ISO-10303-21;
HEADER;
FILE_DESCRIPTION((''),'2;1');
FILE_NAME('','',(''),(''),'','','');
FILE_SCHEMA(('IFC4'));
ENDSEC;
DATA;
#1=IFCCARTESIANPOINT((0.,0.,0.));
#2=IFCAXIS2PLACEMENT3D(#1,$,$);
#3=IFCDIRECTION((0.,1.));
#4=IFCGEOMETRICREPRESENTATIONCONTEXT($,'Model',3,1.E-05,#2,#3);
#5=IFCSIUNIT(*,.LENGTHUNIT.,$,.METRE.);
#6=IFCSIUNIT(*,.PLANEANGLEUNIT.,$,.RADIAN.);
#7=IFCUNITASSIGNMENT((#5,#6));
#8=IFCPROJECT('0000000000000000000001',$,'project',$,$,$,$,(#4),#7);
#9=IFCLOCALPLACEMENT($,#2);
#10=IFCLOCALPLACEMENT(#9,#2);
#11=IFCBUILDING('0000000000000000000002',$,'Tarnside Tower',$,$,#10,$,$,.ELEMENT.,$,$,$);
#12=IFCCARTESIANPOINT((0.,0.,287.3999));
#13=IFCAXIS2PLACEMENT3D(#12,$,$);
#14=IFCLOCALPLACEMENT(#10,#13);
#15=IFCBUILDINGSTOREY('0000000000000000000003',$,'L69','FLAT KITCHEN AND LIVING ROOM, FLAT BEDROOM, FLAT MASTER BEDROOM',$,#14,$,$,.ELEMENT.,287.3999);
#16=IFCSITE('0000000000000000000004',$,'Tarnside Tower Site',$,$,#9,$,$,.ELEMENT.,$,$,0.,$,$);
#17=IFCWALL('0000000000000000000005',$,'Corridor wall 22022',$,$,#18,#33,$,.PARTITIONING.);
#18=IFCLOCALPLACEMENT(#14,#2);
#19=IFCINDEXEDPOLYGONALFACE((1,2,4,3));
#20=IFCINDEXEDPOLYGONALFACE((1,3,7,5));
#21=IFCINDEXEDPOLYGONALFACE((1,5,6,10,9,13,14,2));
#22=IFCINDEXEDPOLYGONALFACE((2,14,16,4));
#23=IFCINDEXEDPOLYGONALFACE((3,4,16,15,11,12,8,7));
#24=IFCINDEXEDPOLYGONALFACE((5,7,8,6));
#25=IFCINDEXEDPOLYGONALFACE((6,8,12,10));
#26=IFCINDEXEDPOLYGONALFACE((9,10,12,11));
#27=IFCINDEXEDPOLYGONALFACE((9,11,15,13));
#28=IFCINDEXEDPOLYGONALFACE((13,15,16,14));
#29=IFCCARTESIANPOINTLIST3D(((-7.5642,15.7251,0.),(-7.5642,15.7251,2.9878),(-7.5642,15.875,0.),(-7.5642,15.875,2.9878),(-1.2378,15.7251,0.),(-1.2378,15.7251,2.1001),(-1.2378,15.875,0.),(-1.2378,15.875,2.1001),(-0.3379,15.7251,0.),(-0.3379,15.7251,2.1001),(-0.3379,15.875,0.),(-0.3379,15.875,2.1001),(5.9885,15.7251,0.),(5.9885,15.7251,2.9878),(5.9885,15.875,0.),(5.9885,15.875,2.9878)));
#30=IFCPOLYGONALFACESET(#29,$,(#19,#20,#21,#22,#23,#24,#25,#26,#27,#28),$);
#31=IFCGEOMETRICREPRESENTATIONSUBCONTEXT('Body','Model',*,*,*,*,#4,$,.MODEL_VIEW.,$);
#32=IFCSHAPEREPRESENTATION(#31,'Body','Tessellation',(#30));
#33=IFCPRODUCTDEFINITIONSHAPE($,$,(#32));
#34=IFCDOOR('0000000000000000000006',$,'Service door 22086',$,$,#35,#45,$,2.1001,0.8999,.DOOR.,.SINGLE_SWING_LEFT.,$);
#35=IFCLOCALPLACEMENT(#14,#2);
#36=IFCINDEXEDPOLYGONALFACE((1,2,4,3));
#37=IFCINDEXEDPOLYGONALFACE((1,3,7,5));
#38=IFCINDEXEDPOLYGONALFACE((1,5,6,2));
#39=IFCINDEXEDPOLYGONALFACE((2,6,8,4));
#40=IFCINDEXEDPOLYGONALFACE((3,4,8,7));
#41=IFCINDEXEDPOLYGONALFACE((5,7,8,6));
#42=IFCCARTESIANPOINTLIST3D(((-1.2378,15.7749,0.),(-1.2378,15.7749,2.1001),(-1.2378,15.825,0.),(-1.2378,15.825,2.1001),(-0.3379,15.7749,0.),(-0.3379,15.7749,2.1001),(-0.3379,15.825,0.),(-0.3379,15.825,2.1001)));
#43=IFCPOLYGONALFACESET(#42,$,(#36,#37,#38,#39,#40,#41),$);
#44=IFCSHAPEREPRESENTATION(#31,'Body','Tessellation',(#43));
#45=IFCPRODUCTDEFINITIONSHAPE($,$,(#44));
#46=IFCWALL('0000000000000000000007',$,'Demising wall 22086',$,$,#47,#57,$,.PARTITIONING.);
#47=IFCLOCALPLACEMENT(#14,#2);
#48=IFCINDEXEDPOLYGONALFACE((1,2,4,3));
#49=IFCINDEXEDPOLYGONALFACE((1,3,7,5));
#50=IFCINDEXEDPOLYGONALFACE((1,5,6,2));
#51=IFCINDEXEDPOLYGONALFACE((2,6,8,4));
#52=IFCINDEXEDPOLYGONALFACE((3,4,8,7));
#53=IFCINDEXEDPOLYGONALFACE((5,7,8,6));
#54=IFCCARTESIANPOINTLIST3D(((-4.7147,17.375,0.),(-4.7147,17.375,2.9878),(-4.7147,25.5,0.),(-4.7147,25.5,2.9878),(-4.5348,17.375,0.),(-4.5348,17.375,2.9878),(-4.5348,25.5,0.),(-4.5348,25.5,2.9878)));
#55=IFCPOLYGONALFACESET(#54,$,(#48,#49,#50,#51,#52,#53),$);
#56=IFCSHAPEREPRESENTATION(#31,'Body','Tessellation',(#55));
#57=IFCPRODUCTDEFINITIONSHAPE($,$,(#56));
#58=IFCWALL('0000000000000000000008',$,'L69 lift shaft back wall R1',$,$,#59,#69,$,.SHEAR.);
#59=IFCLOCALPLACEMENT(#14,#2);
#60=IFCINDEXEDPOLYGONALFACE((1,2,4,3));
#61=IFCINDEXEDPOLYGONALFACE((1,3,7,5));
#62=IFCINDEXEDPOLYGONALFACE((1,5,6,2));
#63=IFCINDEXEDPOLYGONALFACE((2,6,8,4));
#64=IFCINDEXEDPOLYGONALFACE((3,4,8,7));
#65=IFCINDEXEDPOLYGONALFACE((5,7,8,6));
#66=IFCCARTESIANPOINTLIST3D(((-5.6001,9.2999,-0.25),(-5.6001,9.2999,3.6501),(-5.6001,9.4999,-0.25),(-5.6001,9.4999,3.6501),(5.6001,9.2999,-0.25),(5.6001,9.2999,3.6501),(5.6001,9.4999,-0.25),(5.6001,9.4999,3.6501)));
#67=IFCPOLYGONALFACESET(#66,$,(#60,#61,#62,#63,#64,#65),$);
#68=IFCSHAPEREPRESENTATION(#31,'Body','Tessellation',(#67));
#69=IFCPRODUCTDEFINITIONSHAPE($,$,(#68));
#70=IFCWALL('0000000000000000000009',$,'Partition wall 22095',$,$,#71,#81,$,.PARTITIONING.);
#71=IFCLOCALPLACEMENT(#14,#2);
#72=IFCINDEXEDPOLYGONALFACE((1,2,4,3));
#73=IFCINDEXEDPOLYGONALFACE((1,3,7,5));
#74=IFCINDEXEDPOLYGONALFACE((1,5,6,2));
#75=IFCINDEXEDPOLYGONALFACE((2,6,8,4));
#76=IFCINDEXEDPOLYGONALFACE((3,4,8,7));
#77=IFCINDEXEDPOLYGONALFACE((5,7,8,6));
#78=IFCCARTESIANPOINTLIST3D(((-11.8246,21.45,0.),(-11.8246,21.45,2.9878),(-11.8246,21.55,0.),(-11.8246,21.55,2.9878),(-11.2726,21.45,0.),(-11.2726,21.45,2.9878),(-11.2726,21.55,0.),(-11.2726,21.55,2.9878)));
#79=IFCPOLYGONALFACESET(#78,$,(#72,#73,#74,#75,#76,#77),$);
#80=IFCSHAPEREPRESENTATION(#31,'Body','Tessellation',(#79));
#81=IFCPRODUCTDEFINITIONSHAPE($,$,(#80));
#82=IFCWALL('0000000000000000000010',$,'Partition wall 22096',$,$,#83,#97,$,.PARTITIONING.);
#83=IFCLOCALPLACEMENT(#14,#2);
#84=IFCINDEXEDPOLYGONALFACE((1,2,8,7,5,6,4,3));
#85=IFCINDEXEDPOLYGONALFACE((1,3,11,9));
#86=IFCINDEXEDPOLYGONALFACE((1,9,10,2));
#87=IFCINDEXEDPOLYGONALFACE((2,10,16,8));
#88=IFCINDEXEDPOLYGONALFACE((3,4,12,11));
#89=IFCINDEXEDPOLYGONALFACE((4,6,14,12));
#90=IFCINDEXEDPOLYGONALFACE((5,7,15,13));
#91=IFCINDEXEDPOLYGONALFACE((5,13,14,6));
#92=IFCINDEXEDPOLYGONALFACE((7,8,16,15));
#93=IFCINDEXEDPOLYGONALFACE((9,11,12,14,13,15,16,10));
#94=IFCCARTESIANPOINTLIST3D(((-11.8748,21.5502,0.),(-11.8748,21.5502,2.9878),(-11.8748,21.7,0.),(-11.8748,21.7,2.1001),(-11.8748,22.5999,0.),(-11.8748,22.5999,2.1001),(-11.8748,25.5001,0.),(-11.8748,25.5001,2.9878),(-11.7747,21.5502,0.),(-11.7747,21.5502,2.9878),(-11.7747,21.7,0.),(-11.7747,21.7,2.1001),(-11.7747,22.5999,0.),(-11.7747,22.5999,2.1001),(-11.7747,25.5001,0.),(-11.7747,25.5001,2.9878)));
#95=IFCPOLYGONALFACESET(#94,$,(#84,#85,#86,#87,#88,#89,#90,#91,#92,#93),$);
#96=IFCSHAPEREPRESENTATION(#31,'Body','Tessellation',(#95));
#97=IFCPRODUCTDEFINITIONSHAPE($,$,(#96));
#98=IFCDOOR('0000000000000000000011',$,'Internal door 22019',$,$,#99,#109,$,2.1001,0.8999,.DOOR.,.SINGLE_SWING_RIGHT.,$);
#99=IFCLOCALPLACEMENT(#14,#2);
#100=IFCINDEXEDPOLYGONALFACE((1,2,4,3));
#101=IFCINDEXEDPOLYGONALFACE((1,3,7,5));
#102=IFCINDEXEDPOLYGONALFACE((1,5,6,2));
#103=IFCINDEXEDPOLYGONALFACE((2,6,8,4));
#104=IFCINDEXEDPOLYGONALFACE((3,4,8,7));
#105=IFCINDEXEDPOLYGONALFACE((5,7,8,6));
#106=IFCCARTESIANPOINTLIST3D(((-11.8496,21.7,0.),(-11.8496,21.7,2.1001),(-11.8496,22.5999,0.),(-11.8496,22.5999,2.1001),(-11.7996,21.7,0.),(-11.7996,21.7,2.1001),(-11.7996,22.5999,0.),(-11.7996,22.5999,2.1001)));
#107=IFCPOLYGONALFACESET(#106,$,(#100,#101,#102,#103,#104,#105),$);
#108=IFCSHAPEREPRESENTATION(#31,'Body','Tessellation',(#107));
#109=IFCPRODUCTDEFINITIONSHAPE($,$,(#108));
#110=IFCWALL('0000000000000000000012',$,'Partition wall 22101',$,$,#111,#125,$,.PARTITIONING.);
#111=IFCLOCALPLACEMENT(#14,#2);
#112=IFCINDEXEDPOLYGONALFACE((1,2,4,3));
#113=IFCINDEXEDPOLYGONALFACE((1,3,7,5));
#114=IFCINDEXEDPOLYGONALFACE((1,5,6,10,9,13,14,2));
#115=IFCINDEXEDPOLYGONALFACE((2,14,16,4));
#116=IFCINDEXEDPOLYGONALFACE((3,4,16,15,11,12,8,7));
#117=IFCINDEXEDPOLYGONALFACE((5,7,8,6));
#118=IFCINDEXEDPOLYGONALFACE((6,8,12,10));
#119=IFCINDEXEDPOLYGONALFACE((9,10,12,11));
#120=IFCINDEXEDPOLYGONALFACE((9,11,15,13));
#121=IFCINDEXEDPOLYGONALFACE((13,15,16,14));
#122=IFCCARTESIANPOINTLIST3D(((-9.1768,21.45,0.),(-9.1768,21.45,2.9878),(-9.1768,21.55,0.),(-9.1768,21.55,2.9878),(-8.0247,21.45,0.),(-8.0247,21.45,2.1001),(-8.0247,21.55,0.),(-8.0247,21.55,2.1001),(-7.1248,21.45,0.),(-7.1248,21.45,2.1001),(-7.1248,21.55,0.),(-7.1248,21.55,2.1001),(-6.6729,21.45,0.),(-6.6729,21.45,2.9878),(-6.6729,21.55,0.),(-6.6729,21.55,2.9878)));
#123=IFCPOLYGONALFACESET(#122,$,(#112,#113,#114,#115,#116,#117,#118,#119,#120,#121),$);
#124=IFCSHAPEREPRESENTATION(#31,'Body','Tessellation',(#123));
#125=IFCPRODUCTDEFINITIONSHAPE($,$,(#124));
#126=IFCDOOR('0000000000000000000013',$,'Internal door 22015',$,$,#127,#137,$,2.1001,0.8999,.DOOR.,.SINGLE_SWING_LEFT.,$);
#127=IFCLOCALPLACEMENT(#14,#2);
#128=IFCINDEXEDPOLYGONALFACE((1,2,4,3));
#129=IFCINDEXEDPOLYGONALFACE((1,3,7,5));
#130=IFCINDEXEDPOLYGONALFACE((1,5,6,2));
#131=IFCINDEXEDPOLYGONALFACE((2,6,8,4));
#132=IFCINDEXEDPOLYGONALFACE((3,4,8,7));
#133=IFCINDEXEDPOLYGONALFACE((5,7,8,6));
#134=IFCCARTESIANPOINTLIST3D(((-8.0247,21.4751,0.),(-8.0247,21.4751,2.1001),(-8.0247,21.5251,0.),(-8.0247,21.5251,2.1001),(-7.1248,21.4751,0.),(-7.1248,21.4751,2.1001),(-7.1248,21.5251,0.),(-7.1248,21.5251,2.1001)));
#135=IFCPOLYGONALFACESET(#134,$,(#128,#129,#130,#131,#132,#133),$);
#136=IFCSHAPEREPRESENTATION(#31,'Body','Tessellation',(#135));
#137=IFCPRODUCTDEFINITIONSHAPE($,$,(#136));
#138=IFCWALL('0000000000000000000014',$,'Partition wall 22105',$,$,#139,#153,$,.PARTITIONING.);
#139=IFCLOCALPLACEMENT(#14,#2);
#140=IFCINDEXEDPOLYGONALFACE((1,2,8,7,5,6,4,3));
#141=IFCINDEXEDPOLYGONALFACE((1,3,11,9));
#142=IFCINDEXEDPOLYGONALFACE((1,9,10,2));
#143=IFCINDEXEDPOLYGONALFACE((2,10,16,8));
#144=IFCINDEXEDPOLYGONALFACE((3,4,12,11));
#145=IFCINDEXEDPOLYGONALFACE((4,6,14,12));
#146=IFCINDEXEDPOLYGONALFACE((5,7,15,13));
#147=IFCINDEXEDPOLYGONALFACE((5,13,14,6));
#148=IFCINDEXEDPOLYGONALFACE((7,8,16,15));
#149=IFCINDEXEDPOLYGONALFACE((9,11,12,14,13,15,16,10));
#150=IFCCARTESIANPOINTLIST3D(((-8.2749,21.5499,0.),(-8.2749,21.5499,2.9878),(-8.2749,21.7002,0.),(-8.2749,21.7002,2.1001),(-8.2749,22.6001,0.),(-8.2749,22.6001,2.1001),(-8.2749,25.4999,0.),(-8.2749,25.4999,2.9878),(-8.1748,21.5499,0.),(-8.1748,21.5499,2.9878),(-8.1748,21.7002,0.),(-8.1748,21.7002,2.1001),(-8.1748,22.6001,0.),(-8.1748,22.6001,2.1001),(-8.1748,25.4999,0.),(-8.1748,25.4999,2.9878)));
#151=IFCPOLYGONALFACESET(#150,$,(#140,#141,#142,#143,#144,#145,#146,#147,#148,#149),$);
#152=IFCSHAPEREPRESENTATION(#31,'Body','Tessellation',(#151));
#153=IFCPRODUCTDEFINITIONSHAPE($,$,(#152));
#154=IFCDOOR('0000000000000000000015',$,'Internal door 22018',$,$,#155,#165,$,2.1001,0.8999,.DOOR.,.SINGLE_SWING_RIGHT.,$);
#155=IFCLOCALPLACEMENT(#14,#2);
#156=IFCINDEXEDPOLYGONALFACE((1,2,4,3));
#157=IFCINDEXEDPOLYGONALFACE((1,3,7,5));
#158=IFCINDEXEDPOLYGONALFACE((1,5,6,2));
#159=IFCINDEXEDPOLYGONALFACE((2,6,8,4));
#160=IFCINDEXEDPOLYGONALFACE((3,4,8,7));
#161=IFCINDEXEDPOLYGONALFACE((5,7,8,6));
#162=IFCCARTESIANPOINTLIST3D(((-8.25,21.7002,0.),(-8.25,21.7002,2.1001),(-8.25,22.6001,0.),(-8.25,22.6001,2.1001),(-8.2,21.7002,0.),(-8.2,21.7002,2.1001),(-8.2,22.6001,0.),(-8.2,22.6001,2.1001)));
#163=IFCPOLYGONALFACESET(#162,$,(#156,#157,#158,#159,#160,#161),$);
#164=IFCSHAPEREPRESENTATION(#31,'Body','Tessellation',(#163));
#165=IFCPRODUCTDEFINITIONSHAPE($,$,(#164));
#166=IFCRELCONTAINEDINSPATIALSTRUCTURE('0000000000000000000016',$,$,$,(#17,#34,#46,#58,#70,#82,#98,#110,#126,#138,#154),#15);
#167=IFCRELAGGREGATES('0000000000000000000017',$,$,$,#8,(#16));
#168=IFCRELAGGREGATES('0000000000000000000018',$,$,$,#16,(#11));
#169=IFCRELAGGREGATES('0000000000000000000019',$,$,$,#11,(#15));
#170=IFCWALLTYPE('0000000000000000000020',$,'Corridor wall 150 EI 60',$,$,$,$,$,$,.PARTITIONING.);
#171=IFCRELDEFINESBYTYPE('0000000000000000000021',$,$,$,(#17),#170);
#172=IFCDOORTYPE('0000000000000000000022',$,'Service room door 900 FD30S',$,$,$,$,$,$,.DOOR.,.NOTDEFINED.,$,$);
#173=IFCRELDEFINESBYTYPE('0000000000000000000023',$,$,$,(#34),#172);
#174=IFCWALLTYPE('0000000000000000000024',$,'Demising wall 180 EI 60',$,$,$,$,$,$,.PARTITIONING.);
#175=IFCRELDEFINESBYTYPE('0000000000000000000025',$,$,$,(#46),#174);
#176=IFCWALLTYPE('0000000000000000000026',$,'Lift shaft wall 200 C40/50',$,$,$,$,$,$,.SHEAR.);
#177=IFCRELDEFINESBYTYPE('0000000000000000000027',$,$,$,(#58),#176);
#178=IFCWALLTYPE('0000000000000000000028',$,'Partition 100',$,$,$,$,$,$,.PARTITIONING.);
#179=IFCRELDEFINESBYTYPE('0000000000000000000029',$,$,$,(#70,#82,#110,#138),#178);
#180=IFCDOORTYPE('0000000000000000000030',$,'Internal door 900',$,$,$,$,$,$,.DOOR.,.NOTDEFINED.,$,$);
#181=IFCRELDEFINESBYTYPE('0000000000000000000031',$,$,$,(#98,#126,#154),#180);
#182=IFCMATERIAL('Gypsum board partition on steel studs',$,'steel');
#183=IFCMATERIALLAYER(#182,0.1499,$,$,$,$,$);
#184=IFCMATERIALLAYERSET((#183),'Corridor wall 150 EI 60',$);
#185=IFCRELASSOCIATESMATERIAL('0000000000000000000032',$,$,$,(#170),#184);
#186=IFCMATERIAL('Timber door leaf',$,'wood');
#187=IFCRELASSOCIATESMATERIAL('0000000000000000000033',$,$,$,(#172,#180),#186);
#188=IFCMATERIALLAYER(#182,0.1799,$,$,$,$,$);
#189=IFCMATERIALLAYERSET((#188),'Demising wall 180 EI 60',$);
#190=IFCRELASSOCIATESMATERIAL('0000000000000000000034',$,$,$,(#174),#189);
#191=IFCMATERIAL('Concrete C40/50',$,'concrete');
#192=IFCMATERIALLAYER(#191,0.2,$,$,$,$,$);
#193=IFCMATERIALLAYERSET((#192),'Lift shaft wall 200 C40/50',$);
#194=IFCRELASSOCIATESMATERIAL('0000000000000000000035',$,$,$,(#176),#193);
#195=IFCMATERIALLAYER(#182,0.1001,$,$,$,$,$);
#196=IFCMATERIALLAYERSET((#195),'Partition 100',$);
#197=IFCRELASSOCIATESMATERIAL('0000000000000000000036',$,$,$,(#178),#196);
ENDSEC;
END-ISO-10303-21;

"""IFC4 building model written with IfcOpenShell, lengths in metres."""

from ifc_helpers import new_model, si_unit, direction, frame, frame_2d, origin, place, context, subcontext, project, spatial, rectangle, extrude, material, layer, layer_set, type_object, element, fill, save


model = new_model("IFC4")

# Units and contexts
model_context = context("Model", 3, precision=1e-05, world=origin(), true_north=direction((0.0, 1.0)))
body_context = subcontext(model_context, "Body", "Model", "MODEL_VIEW")
ifc_project = project(units=[si_unit("LENGTHUNIT", "METRE"), si_unit("PLANEANGLEUNIT", "RADIAN")], contexts=[model_context])

# Site, building, storey
site_placement = place(None, origin())
site = spatial("IfcSite", under=ifc_project, at=site_placement, Name="Tarnside Tower Site", CompositionType="ELEMENT", RefElevation=0.0)
building_placement = place(site_placement, origin())
building = spatial("IfcBuilding", under=site, at=building_placement, Name="Tarnside Tower", CompositionType="ELEMENT")
storey_placement = place(building_placement, frame((0.0, 0.0, 287.3999)))
storey = spatial("IfcBuildingStorey", under=building, at=storey_placement, Name="L69", Description="FLAT KITCHEN AND LIVING ROOM, FLAT BEDROOM, FLAT MASTER BEDROOM", CompositionType="ELEMENT", Elevation=287.3999)

# Shared definitions
ifc_material_1 = material(Name="Gypsum board partition on steel studs", Category="steel")

# Shared definitions
ifc_material_2 = material(Name="Timber door leaf", Category="wood")

# Wall, opening, door
ifc_layer_1 = layer(ifc_material_1, 0.1499)
ifc_layer_set_1 = layer_set([ifc_layer_1], Name="Corridor wall 150 EI 60")
wall_type_1 = type_object("IfcWallType", Name="Corridor wall 150 EI 60", PredefinedType="PARTITIONING", material=ifc_layer_set_1)
wall_1_placement = place(storey_placement, frame((-7.5642, 15.8, 0.0), z_axis=(0.0, 0.0, 1.0), x_axis=(1.0, 0.0, 0.0)))
wall_1 = element("IfcWall", 1, at=wall_1_placement, inside=storey, type_object=wall_type_1, Name="Corridor wall 22022", PredefinedType="PARTITIONING", context=body_context, shape_type="SweptSolid", body=[
    extrude(rectangle(XDim=13.5527, YDim=0.1499, at=frame_2d((6.7764, 0.0))), origin(), (0.0, 0.0, 1.0), 2.9878),
])
opening_1_placement = place(wall_1_placement, frame((6.3264, 0.0, 0.0)))
opening_1 = element("IfcOpeningElement", 2, at=opening_1_placement, cuts=wall_1, PredefinedType="OPENING", context=body_context, shape_type="SweptSolid", body=[
    extrude(rectangle(XDim=0.8999, YDim=2.1001, at=frame_2d((0.45, 1.05))), frame((0.0, 0.085, 0.0), z_axis=(0.0, -1.0, 0.0), x_axis=(1.0, 0.0, 0.0)), (0.0, 0.0, 1.0), 0.1699),
])
door_type_1 = type_object("IfcDoorType", Name="Service room door 900 FD30S", OperationType="NOTDEFINED", PredefinedType="DOOR", material=ifc_material_2)
door_1_placement = place(opening_1_placement, origin())
door_1 = element("IfcDoor", 3, at=door_1_placement, inside=storey, type_object=door_type_1, Name="Service door 22086", OperationType="SINGLE_SWING_LEFT", OverallHeight=2.1001, OverallWidth=0.8999, PredefinedType="DOOR", context=body_context, shape_type="SweptSolid", body=[
    extrude(rectangle(XDim=0.8999, YDim=2.1001, at=frame_2d((0.45, 1.05))), frame((0.0, 0.0249, 0.0), z_axis=(0.0, -1.0, 0.0), x_axis=(1.0, 0.0, 0.0)), (0.0, 0.0, 1.0), 0.05),
])
fill(opening_1, door_1)

# Walls
ifc_layer_2 = layer(ifc_material_1, 0.1799)
ifc_layer_set_2 = layer_set([ifc_layer_2], Name="Demising wall 180 EI 60")
wall_type_2 = type_object("IfcWallType", Name="Demising wall 180 EI 60", PredefinedType="PARTITIONING", material=ifc_layer_set_2)
wall_2_placement = place(storey_placement, frame((-4.6248, 25.5, 0.0), z_axis=(0.0, 0.0, 1.0), x_axis=(0.0, -1.0, 0.0)))
element("IfcWall", 4, at=wall_2_placement, inside=storey, type_object=wall_type_2, Name="Demising wall 22086", PredefinedType="PARTITIONING", context=body_context, shape_type="SweptSolid", body=[
    extrude(rectangle(XDim=8.125, YDim=0.1799, at=frame_2d((4.0625, 0.0))), origin(), (0.0, 0.0, 1.0), 2.9878),
])
ifc_material_3 = material(Name="Concrete C40/50", Category="concrete")
ifc_layer_3 = layer(ifc_material_3, 0.2)
ifc_layer_set_3 = layer_set([ifc_layer_3], Name="Lift shaft wall 200 C40/50")
wall_type_3 = type_object("IfcWallType", Name="Lift shaft wall 200 C40/50", PredefinedType="SHEAR", material=ifc_layer_set_3)
wall_3_placement = place(storey_placement, frame((-5.6001, 9.3999, -0.25), z_axis=(0.0, 0.0, 1.0), x_axis=(1.0, 0.0, 0.0)))
element("IfcWall", 5, at=wall_3_placement, inside=storey, type_object=wall_type_3, Name="L69 lift shaft back wall R1", PredefinedType="SHEAR", context=body_context, shape_type="SweptSolid", body=[
    extrude(rectangle(XDim=11.2002, YDim=0.2, at=frame_2d((5.6001, 0.0))), origin(), (0.0, 0.0, 1.0), 3.9001),
])
ifc_layer_4 = layer(ifc_material_1, 0.1001)
ifc_layer_set_4 = layer_set([ifc_layer_4], Name="Partition 100")
wall_type_4 = type_object("IfcWallType", Name="Partition 100", PredefinedType="PARTITIONING", material=ifc_layer_set_4)
wall_4_placement = place(storey_placement, frame((-11.2727, 21.5, 0.0), z_axis=(0.0, 0.0, 1.0), x_axis=(-1.0, 0.0, 0.0)))
element("IfcWall", 6, at=wall_4_placement, inside=storey, type_object=wall_type_4, Name="Partition wall 22095", PredefinedType="PARTITIONING", context=body_context, shape_type="SweptSolid", body=[
    extrude(rectangle(XDim=0.552, YDim=0.1001, at=frame_2d((0.2759, 0.0))), origin(), (0.0, 0.0, 1.0), 2.9878),
])

# Walls, openings, doors
wall_5_placement = place(storey_placement, frame((-11.8247, 21.55, 0.0), z_axis=(0.0, 0.0, 1.0), x_axis=(0.0, 1.0, 0.0)))
wall_5 = element("IfcWall", 7, at=wall_5_placement, inside=storey, type_object=wall_type_4, Name="Partition wall 22096", PredefinedType="PARTITIONING", context=body_context, shape_type="SweptSolid", body=[
    extrude(rectangle(XDim=3.95, YDim=0.1001, at=frame_2d((1.9751, 0.0))), origin(), (0.0, 0.0, 1.0), 2.9878),
])
opening_2_placement = place(wall_5_placement, frame((0.1499, 0.0, 0.0)))
opening_2 = element("IfcOpeningElement", 8, at=opening_2_placement, cuts=wall_5, PredefinedType="OPENING", context=body_context, shape_type="SweptSolid", body=[
    extrude(rectangle(XDim=0.8999, YDim=2.1001, at=frame_2d((0.45, 1.05))), frame((0.0, 0.0601, 0.0), z_axis=(0.0, -1.0, 0.0), x_axis=(1.0, 0.0, 0.0)), (0.0, 0.0, 1.0), 0.1201),
])
door_type_2 = type_object("IfcDoorType", Name="Internal door 900", OperationType="NOTDEFINED", PredefinedType="DOOR", material=ifc_material_2)
door_2_placement = place(opening_2_placement, origin())
door_2 = element("IfcDoor", 9, at=door_2_placement, inside=storey, type_object=door_type_2, Name="Internal door 22019", OperationType="SINGLE_SWING_RIGHT", OverallHeight=2.1001, OverallWidth=0.8999, PredefinedType="DOOR", context=body_context, shape_type="SweptSolid", body=[
    extrude(rectangle(XDim=0.8999, YDim=2.1001, at=frame_2d((0.45, 1.05))), frame((0.0, 0.0249, 0.0), z_axis=(0.0, -1.0, 0.0), x_axis=(1.0, 0.0, 0.0)), (0.0, 0.0, 1.0), 0.05),
])
fill(opening_2, door_2)
wall_6_placement = place(storey_placement, frame((-6.6729, 21.5, 0.0), z_axis=(0.0, 0.0, 1.0), x_axis=(-1.0, 0.0, 0.0)))
wall_6 = element("IfcWall", 10, at=wall_6_placement, inside=storey, type_object=wall_type_4, Name="Partition wall 22101", PredefinedType="PARTITIONING", context=body_context, shape_type="SweptSolid", body=[
    extrude(rectangle(XDim=2.5039, YDim=0.1001, at=frame_2d((1.252, 0.0))), origin(), (0.0, 0.0, 1.0), 2.9878),
])
opening_3_placement = place(wall_6_placement, frame((0.4519, 0.0, 0.0)))
opening_3 = element("IfcOpeningElement", 11, at=opening_3_placement, cuts=wall_6, PredefinedType="OPENING", context=body_context, shape_type="SweptSolid", body=[
    extrude(rectangle(XDim=0.8999, YDim=2.1001, at=frame_2d((0.45, 1.05))), frame((0.0, 0.0601, 0.0), z_axis=(0.0, -1.0, 0.0), x_axis=(1.0, 0.0, 0.0)), (0.0, 0.0, 1.0), 0.1201),
])
door_3_placement = place(opening_3_placement, origin())
door_3 = element("IfcDoor", 12, at=door_3_placement, inside=storey, type_object=door_type_2, Name="Internal door 22015", OperationType="SINGLE_SWING_LEFT", OverallHeight=2.1001, OverallWidth=0.8999, PredefinedType="DOOR", context=body_context, shape_type="SweptSolid", body=[
    extrude(rectangle(XDim=0.8999, YDim=2.1001, at=frame_2d((0.45, 1.05))), frame((0.0, 0.0249, 0.0), z_axis=(0.0, -1.0, 0.0), x_axis=(1.0, 0.0, 0.0)), (0.0, 0.0, 1.0), 0.05),
])
fill(opening_3, door_3)
wall_7_placement = place(storey_placement, frame((-8.2249, 25.5, 0.0), z_axis=(0.0, 0.0, 1.0), x_axis=(0.0, -1.0, 0.0)))
wall_7 = element("IfcWall", 13, at=wall_7_placement, inside=storey, type_object=wall_type_4, Name="Partition wall 22105", PredefinedType="PARTITIONING", context=body_context, shape_type="SweptSolid", body=[
    extrude(rectangle(XDim=3.95, YDim=0.1001, at=frame_2d((1.9751, 0.0))), origin(), (0.0, 0.0, 1.0), 2.9878),
])
opening_4_placement = place(wall_7_placement, frame((2.8999, 0.0, 0.0)))
opening_4 = element("IfcOpeningElement", 14, at=opening_4_placement, cuts=wall_7, PredefinedType="OPENING", context=body_context, shape_type="SweptSolid", body=[
    extrude(rectangle(XDim=0.8999, YDim=2.1001, at=frame_2d((0.45, 1.05))), frame((0.0, 0.0601, 0.0), z_axis=(0.0, -1.0, 0.0), x_axis=(1.0, 0.0, 0.0)), (0.0, 0.0, 1.0), 0.1201),
])
door_4_placement = place(opening_4_placement, origin())
door_4 = element("IfcDoor", 15, at=door_4_placement, inside=storey, type_object=door_type_2, Name="Internal door 22018", OperationType="SINGLE_SWING_RIGHT", OverallHeight=2.1001, OverallWidth=0.8999, PredefinedType="DOOR", context=body_context, shape_type="SweptSolid", body=[
    extrude(rectangle(XDim=0.8999, YDim=2.1001, at=frame_2d((0.45, 1.05))), frame((0.0, 0.0249, 0.0), z_axis=(0.0, -1.0, 0.0), x_axis=(1.0, 0.0, 0.0)), (0.0, 0.0, 1.0), 0.05),
])
fill(opening_4, door_4)

save(model, "model.ifc")
